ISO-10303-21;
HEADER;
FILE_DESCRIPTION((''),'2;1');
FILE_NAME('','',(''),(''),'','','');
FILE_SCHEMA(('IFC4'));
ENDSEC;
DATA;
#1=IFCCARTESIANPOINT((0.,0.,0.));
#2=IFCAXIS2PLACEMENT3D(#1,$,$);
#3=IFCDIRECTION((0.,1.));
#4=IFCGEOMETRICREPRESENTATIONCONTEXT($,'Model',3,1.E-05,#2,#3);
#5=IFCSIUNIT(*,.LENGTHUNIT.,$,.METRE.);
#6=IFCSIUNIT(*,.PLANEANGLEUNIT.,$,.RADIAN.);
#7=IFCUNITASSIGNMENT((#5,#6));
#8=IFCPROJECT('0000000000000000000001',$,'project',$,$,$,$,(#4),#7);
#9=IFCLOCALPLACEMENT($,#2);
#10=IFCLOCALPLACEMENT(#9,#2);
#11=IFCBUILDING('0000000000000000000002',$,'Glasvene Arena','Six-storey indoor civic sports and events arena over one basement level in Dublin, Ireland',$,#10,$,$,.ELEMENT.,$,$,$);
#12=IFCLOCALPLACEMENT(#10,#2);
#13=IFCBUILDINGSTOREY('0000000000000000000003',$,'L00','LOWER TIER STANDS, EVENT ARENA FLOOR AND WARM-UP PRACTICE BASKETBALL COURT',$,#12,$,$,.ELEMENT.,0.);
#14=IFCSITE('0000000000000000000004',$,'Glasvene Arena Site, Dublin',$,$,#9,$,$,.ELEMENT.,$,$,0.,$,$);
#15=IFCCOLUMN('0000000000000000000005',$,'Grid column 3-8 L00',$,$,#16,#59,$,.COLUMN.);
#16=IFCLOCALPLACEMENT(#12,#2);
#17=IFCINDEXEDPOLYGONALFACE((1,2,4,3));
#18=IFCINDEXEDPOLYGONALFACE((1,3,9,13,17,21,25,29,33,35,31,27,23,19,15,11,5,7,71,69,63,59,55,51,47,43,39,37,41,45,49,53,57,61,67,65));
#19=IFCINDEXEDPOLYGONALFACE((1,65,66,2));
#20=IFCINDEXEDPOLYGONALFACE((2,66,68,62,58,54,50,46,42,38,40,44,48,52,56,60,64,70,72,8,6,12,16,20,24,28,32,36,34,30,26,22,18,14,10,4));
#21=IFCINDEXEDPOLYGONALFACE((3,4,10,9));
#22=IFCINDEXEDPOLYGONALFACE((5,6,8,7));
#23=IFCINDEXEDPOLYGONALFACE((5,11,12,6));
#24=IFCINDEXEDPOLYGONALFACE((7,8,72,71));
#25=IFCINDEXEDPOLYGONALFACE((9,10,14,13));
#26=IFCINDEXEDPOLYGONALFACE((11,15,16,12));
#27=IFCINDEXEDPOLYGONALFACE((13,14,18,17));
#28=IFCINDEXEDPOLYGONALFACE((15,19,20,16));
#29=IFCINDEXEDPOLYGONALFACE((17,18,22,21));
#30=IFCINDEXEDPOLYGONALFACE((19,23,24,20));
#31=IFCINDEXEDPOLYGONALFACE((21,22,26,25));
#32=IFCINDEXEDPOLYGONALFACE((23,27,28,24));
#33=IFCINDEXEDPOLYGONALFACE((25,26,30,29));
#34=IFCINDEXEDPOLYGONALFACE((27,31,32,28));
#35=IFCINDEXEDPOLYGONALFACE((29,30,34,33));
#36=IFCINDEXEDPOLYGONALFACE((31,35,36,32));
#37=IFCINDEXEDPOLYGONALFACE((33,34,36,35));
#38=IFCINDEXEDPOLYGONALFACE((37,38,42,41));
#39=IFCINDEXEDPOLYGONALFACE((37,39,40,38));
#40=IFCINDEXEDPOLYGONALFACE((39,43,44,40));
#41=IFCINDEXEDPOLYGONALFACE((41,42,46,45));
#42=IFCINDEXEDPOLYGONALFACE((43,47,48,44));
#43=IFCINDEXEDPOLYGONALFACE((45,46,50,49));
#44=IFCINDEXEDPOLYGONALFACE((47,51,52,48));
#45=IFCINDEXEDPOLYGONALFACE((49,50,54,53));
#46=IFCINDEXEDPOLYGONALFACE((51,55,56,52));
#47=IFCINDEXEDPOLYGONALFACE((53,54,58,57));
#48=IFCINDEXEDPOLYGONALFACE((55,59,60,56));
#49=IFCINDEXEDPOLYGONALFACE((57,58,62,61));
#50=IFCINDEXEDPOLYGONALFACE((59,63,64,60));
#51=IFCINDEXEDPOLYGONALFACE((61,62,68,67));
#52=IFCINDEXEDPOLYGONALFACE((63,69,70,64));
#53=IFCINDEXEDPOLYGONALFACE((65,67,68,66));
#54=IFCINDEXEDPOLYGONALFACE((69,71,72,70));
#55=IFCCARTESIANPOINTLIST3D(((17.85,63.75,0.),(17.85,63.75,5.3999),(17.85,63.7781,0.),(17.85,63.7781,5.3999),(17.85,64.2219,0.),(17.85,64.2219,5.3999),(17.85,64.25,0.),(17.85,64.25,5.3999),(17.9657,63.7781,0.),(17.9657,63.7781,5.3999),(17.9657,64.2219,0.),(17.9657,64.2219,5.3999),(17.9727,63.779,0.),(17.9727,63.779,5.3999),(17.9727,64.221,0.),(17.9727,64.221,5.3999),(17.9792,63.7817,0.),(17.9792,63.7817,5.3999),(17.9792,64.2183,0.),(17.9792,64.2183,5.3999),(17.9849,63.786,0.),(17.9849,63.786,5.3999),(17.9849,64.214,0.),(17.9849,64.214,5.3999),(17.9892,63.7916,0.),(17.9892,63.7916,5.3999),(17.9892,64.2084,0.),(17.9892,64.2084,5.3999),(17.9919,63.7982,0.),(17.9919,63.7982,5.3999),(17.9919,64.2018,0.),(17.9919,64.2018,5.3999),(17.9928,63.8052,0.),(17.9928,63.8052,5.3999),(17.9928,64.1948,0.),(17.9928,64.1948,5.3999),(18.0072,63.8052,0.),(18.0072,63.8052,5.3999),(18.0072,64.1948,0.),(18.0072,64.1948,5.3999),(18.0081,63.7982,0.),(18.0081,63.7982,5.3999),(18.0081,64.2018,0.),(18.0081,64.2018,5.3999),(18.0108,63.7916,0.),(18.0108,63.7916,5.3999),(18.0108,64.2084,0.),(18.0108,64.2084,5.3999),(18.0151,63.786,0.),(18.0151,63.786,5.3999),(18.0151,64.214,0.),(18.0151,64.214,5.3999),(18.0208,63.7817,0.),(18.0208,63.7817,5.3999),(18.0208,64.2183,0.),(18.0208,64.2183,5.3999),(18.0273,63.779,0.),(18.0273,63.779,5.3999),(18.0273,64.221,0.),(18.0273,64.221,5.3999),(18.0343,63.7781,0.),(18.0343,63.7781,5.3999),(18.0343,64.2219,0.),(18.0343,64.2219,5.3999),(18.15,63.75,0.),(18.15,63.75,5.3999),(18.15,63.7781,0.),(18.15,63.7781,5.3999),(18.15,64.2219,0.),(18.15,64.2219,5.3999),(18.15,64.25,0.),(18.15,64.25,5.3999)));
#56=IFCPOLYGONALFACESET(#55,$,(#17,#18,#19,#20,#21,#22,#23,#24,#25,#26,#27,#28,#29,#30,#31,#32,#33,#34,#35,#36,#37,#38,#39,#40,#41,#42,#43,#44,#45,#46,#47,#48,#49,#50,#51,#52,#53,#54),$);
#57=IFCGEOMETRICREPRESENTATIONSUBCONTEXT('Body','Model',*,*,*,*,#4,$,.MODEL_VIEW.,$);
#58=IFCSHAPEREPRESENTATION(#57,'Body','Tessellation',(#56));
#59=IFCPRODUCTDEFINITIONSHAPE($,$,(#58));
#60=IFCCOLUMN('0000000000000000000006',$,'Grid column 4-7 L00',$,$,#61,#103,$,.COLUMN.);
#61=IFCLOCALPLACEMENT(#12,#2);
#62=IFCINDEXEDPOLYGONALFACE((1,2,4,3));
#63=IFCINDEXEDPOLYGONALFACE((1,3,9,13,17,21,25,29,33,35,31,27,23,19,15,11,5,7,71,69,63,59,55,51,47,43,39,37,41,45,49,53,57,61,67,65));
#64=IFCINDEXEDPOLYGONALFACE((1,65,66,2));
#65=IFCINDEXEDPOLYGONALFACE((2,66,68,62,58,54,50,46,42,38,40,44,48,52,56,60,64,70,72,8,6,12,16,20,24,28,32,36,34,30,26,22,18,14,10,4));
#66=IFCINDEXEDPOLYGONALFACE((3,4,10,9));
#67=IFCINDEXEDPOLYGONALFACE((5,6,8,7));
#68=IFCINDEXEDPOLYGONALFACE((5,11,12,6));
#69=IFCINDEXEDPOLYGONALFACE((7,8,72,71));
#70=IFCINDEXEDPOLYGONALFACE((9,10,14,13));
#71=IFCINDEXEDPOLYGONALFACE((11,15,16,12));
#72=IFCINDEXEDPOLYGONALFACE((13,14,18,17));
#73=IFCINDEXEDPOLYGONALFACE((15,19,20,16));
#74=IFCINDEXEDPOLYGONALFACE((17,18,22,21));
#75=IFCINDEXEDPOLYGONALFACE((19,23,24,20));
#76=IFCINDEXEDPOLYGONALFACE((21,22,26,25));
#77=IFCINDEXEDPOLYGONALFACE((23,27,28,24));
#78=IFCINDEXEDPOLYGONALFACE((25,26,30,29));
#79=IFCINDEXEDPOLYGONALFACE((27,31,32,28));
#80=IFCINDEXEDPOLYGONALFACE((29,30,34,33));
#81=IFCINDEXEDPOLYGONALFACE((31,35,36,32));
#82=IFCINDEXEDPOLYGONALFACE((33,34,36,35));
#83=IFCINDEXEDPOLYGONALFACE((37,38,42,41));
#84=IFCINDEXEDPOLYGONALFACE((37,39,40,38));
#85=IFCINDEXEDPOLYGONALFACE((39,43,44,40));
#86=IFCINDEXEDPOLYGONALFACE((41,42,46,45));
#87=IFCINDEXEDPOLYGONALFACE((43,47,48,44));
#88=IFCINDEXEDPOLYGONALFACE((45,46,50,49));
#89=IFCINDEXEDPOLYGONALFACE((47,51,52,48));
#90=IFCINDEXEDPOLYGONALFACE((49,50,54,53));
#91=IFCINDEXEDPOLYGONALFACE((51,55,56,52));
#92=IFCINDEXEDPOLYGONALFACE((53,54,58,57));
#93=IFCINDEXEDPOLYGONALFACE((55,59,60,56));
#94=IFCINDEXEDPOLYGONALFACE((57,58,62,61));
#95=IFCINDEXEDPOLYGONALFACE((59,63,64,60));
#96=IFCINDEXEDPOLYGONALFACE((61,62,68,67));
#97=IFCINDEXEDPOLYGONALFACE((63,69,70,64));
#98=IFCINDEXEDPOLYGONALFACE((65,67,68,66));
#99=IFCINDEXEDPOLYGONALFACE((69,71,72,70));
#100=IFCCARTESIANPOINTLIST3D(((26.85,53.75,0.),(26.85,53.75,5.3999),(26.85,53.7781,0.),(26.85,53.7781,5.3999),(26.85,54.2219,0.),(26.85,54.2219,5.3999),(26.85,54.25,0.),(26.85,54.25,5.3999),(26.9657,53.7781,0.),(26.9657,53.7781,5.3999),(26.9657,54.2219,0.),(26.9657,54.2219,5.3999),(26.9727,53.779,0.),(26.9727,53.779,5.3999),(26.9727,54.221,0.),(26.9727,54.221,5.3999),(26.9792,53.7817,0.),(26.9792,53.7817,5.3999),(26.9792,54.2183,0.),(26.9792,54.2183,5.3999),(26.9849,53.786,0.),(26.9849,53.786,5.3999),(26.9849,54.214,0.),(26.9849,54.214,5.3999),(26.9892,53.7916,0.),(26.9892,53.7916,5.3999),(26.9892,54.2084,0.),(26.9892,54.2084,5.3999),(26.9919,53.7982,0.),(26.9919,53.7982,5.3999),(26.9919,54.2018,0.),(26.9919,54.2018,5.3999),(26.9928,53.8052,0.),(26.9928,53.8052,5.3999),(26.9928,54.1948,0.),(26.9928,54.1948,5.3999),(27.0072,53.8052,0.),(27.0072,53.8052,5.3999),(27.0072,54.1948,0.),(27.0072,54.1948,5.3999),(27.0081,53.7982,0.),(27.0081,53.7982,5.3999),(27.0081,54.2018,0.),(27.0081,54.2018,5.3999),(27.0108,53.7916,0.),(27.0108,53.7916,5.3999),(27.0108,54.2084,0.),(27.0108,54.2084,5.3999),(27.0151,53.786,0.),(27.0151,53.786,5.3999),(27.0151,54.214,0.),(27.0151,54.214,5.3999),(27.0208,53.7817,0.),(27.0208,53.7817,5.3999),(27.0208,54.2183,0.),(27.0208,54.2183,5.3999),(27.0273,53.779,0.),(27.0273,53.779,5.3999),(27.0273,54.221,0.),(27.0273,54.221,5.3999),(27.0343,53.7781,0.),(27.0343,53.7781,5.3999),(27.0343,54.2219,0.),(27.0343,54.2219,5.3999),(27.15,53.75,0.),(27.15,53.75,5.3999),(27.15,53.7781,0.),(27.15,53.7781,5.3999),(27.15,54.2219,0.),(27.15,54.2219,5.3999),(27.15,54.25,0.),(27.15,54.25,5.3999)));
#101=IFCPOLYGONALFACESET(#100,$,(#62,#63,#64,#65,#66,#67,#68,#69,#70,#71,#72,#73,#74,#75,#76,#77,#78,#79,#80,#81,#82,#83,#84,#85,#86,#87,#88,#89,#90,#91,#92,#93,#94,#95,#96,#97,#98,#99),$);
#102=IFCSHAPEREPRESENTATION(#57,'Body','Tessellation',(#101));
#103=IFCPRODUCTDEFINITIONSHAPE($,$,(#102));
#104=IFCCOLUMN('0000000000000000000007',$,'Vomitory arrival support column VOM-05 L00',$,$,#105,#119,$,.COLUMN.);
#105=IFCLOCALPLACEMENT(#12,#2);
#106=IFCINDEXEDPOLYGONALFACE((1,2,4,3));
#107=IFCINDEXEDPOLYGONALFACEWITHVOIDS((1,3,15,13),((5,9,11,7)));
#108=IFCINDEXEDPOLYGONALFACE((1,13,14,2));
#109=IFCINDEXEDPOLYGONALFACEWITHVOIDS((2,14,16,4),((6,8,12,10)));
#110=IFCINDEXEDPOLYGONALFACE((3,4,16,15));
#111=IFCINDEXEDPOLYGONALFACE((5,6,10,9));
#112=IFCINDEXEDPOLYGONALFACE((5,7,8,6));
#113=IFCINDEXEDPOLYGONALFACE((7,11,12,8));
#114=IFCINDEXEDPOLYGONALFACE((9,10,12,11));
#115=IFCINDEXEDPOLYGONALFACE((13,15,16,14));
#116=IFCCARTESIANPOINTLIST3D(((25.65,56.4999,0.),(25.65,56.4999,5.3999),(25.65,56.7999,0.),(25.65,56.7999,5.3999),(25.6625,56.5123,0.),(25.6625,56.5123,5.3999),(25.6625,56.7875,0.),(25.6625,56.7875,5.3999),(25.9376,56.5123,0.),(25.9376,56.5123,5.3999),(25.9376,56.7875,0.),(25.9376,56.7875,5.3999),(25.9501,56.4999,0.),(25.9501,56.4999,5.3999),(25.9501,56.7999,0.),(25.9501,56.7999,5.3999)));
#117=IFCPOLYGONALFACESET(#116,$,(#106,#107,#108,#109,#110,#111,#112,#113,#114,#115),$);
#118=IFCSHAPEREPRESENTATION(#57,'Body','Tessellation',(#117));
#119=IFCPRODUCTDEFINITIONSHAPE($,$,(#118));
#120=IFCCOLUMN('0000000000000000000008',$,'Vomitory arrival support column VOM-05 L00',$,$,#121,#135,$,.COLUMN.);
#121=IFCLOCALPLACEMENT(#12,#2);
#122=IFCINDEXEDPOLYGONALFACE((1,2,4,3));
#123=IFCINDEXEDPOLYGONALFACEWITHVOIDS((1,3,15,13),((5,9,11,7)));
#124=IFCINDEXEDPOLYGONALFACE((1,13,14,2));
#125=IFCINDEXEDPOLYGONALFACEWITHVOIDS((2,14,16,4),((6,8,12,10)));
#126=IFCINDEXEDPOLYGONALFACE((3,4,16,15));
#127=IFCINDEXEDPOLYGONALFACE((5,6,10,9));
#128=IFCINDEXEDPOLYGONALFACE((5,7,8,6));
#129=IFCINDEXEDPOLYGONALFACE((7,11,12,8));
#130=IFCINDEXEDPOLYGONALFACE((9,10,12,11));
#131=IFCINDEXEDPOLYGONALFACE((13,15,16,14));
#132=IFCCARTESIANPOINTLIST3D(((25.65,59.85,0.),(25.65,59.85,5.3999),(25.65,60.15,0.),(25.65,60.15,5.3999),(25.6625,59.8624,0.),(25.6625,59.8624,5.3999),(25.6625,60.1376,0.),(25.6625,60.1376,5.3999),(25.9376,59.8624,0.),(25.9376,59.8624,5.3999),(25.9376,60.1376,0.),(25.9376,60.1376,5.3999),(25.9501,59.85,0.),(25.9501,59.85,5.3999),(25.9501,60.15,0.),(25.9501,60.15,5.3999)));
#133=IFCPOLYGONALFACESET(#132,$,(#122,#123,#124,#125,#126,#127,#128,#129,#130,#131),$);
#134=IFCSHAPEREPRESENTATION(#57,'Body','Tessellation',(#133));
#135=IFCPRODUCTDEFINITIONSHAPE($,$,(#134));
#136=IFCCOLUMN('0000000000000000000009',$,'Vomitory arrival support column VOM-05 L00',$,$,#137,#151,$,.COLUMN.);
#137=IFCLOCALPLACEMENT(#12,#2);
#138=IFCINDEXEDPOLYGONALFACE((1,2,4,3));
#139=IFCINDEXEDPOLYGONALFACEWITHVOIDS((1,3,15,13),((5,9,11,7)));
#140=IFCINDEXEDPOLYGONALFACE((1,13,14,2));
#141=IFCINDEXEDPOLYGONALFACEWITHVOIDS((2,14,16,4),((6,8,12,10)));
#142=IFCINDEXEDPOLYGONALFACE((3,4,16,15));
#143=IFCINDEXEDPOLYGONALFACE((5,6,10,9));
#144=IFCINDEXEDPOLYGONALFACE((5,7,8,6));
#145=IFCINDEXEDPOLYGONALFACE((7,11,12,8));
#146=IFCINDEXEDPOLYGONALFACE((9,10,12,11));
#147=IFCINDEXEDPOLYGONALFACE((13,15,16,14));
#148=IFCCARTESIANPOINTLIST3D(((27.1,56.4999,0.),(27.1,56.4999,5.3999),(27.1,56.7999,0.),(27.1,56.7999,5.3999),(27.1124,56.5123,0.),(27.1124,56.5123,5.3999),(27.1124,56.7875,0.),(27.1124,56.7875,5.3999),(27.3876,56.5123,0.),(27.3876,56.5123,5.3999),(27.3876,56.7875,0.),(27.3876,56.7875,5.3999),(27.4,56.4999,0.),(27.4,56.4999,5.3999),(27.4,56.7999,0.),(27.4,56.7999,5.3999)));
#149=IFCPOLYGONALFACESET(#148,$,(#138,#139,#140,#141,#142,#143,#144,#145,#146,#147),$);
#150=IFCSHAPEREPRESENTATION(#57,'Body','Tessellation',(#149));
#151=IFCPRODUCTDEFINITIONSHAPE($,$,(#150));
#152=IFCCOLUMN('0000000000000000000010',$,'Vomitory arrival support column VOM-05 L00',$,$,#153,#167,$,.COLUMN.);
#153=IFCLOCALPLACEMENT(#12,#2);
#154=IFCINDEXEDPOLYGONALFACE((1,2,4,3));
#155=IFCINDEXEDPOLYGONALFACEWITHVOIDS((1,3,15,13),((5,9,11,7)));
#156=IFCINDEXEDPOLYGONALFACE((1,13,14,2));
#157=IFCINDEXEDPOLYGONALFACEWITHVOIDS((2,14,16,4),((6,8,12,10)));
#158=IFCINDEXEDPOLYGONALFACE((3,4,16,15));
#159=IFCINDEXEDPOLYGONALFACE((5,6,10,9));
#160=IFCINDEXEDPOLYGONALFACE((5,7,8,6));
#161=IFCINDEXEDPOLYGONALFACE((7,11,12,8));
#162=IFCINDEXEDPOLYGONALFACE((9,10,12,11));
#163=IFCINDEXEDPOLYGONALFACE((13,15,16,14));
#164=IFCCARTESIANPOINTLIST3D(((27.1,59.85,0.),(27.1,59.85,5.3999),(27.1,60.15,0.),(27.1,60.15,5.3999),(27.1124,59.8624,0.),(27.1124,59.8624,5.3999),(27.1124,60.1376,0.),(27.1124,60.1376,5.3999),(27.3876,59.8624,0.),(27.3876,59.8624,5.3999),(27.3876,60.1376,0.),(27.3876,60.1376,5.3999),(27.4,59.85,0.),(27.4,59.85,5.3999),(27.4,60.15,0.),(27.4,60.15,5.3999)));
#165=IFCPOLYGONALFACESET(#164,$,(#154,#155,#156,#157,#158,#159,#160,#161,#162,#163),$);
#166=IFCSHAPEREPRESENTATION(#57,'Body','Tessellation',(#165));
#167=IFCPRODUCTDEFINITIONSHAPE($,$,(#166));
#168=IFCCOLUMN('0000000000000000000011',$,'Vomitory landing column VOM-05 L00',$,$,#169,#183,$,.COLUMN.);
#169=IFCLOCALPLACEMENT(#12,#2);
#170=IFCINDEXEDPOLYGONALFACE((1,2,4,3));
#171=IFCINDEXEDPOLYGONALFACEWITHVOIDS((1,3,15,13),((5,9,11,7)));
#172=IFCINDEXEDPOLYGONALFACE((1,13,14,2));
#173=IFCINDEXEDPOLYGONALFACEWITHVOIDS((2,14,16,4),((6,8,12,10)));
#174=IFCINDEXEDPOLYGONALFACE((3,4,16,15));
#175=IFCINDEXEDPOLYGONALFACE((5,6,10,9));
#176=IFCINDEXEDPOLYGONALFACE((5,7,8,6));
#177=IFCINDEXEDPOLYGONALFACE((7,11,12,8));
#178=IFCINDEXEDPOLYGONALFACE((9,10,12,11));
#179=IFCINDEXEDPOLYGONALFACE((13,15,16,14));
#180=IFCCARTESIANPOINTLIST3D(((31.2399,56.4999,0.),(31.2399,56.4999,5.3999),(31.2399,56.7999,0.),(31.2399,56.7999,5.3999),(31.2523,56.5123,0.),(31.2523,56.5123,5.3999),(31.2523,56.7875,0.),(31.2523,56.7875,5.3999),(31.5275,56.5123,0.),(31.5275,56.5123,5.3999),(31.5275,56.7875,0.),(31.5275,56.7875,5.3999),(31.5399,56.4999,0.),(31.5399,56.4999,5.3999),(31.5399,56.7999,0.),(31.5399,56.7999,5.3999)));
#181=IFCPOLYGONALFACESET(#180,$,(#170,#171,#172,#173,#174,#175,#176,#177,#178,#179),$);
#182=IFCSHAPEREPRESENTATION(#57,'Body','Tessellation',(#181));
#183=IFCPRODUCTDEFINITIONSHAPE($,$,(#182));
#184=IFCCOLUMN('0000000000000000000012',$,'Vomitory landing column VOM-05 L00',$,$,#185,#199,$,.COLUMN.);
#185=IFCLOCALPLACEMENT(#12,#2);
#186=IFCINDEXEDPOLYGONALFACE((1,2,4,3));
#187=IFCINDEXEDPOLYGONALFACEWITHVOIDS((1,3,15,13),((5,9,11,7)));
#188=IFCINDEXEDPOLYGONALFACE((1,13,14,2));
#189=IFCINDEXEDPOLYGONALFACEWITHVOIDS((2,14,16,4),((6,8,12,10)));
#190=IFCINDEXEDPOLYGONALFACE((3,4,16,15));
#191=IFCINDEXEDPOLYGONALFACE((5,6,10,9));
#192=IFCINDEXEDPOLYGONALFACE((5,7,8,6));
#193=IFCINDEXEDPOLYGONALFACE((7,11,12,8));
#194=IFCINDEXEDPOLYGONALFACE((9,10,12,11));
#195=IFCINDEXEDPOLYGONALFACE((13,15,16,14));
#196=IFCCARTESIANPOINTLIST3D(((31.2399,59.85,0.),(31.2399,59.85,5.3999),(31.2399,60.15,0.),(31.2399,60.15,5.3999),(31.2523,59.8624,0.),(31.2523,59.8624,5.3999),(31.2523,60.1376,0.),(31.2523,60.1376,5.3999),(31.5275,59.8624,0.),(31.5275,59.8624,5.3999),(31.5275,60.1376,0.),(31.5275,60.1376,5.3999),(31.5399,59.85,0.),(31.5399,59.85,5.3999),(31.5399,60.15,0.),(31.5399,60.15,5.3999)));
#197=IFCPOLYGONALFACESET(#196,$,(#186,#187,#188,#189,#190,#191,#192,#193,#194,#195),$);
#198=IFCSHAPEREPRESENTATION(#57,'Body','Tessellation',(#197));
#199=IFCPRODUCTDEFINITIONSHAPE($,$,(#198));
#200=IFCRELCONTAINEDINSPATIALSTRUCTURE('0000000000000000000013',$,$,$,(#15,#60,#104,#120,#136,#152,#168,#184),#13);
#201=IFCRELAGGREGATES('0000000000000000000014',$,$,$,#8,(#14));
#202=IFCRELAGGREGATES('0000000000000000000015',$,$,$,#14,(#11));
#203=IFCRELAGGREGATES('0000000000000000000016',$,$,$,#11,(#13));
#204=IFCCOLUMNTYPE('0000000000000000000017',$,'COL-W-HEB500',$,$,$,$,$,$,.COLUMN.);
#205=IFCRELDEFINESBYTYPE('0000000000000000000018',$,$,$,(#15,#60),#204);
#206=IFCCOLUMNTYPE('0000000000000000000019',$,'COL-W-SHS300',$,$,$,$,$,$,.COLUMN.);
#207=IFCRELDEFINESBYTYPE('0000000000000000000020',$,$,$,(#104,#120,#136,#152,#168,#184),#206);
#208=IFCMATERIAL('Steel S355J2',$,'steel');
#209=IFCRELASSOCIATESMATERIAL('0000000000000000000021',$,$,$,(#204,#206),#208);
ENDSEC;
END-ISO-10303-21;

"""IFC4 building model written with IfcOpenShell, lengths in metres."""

from ifc_helpers import new_model, si_unit, direction, frame, origin, origin_2d, place, context, subcontext, project, spatial, hollow_rectangle, i_section, extrude, material, material_profile, profile_set, type_object, element, save


model = new_model("IFC4")

# Units and contexts
model_context = context("Model", 3, precision=1e-05, world=origin(), true_north=direction((0.0, 1.0)))
body_context = subcontext(model_context, "Body", "Model", "MODEL_VIEW")
ifc_project = project(units=[si_unit("LENGTHUNIT", "METRE"), si_unit("PLANEANGLEUNIT", "RADIAN")], contexts=[model_context])

# Site, building, storey
site_placement = place(None, origin())
site = spatial("IfcSite", under=ifc_project, at=site_placement, Name="Glasvene Arena Site, Dublin", CompositionType="ELEMENT", RefElevation=0.0)
building_placement = place(site_placement, origin())
building = spatial("IfcBuilding", under=site, at=building_placement, Name="Glasvene Arena", Description="Six-storey indoor civic sports and events arena over one basement level in Dublin, Ireland", CompositionType="ELEMENT")
storey_placement = place(building_placement, origin())
storey = spatial("IfcBuildingStorey", under=building, at=storey_placement, Name="L00", Description="LOWER TIER STANDS, EVENT ARENA FLOOR AND WARM-UP PRACTICE BASKETBALL COURT", CompositionType="ELEMENT", Elevation=0.0)

# Columns
ifc_material_1 = material(Name="Steel S355J2", Category="steel")
ifc_material_profile_1 = material_profile(ifc_material_1, i_section(OverallWidth=0.3, OverallDepth=0.5, WebThickness=0.0144, FlangeThickness=0.0281, FilletRadius=0.0271, at=origin_2d()), Name="HEB 500")
ifc_profile_set_1 = profile_set([ifc_material_profile_1], Name="Steel S355J2")
column_type_1 = type_object("IfcColumnType", Name="COL-W-HEB500", PredefinedType="COLUMN", material=ifc_profile_set_1)
for number, where, z_axis, x_axis, name in (
    (1, (18.0, 64.0, 0.0), (0.0, 0.0, 1.0), (1.0, 0.0, 0.0), "Grid column 3-8 L00"),
    (2, (27.0, 54.0, 0.0), (0.0, 0.0, 1.0), (1.0, 0.0, 0.0), "Grid column 4-7 L00"),
):
    element("IfcColumn", number, at=place(storey_placement, frame(where, z_axis=z_axis, x_axis=x_axis)), inside=storey, type_object=column_type_1, Name=name, PredefinedType="COLUMN", context=body_context, shape_type="SweptSolid", body=[
        extrude(i_section(OverallWidth=0.3, OverallDepth=0.5, WebThickness=0.0144, FlangeThickness=0.0281, FilletRadius=0.0271, at=origin_2d()), origin(), (0.0, 0.0, 1.0), 5.3999),
    ])
ifc_material_profile_2 = material_profile(ifc_material_1, hollow_rectangle(XDim=0.3, YDim=0.3, WallThickness=0.0125, at=origin_2d()), Name="SHS 300x300x12.5")
ifc_profile_set_2 = profile_set([ifc_material_profile_2], Name="Steel S355J2")
column_type_2 = type_object("IfcColumnType", Name="COL-W-SHS300", PredefinedType="COLUMN", material=ifc_profile_set_2)
for number, where, z_axis, x_axis, name in (
    (3, (25.8, 56.6499, 0.0), (0.0, 0.0, 1.0), (1.0, 0.0, 0.0), "Vomitory arrival support column VOM-05 L00"),
    (4, (25.8, 60.0, 0.0), (0.0, 0.0, 1.0), (1.0, 0.0, 0.0), "Vomitory arrival support column VOM-05 L00"),
    (5, (27.25, 56.6499, 0.0), (0.0, 0.0, 1.0), (1.0, 0.0, 0.0), "Vomitory arrival support column VOM-05 L00"),
    (6, (27.25, 60.0, 0.0), (0.0, 0.0, 1.0), (1.0, 0.0, 0.0), "Vomitory arrival support column VOM-05 L00"),
    (7, (31.3899, 56.6499, 0.0), (0.0, 0.0, 1.0), (1.0, 0.0, 0.0), "Vomitory landing column VOM-05 L00"),
    (8, (31.3899, 60.0, 0.0), (0.0, 0.0, 1.0), (1.0, 0.0, 0.0), "Vomitory landing column VOM-05 L00"),
):
    element("IfcColumn", number, at=place(storey_placement, frame(where, z_axis=z_axis, x_axis=x_axis)), inside=storey, type_object=column_type_2, Name=name, PredefinedType="COLUMN", context=body_context, shape_type="SweptSolid", body=[
        extrude(hollow_rectangle(XDim=0.3, YDim=0.3, WallThickness=0.0125, at=origin_2d()), origin(), (0.0, 0.0, 1.0), 5.3999),
    ])

save(model, "model.ifc")
